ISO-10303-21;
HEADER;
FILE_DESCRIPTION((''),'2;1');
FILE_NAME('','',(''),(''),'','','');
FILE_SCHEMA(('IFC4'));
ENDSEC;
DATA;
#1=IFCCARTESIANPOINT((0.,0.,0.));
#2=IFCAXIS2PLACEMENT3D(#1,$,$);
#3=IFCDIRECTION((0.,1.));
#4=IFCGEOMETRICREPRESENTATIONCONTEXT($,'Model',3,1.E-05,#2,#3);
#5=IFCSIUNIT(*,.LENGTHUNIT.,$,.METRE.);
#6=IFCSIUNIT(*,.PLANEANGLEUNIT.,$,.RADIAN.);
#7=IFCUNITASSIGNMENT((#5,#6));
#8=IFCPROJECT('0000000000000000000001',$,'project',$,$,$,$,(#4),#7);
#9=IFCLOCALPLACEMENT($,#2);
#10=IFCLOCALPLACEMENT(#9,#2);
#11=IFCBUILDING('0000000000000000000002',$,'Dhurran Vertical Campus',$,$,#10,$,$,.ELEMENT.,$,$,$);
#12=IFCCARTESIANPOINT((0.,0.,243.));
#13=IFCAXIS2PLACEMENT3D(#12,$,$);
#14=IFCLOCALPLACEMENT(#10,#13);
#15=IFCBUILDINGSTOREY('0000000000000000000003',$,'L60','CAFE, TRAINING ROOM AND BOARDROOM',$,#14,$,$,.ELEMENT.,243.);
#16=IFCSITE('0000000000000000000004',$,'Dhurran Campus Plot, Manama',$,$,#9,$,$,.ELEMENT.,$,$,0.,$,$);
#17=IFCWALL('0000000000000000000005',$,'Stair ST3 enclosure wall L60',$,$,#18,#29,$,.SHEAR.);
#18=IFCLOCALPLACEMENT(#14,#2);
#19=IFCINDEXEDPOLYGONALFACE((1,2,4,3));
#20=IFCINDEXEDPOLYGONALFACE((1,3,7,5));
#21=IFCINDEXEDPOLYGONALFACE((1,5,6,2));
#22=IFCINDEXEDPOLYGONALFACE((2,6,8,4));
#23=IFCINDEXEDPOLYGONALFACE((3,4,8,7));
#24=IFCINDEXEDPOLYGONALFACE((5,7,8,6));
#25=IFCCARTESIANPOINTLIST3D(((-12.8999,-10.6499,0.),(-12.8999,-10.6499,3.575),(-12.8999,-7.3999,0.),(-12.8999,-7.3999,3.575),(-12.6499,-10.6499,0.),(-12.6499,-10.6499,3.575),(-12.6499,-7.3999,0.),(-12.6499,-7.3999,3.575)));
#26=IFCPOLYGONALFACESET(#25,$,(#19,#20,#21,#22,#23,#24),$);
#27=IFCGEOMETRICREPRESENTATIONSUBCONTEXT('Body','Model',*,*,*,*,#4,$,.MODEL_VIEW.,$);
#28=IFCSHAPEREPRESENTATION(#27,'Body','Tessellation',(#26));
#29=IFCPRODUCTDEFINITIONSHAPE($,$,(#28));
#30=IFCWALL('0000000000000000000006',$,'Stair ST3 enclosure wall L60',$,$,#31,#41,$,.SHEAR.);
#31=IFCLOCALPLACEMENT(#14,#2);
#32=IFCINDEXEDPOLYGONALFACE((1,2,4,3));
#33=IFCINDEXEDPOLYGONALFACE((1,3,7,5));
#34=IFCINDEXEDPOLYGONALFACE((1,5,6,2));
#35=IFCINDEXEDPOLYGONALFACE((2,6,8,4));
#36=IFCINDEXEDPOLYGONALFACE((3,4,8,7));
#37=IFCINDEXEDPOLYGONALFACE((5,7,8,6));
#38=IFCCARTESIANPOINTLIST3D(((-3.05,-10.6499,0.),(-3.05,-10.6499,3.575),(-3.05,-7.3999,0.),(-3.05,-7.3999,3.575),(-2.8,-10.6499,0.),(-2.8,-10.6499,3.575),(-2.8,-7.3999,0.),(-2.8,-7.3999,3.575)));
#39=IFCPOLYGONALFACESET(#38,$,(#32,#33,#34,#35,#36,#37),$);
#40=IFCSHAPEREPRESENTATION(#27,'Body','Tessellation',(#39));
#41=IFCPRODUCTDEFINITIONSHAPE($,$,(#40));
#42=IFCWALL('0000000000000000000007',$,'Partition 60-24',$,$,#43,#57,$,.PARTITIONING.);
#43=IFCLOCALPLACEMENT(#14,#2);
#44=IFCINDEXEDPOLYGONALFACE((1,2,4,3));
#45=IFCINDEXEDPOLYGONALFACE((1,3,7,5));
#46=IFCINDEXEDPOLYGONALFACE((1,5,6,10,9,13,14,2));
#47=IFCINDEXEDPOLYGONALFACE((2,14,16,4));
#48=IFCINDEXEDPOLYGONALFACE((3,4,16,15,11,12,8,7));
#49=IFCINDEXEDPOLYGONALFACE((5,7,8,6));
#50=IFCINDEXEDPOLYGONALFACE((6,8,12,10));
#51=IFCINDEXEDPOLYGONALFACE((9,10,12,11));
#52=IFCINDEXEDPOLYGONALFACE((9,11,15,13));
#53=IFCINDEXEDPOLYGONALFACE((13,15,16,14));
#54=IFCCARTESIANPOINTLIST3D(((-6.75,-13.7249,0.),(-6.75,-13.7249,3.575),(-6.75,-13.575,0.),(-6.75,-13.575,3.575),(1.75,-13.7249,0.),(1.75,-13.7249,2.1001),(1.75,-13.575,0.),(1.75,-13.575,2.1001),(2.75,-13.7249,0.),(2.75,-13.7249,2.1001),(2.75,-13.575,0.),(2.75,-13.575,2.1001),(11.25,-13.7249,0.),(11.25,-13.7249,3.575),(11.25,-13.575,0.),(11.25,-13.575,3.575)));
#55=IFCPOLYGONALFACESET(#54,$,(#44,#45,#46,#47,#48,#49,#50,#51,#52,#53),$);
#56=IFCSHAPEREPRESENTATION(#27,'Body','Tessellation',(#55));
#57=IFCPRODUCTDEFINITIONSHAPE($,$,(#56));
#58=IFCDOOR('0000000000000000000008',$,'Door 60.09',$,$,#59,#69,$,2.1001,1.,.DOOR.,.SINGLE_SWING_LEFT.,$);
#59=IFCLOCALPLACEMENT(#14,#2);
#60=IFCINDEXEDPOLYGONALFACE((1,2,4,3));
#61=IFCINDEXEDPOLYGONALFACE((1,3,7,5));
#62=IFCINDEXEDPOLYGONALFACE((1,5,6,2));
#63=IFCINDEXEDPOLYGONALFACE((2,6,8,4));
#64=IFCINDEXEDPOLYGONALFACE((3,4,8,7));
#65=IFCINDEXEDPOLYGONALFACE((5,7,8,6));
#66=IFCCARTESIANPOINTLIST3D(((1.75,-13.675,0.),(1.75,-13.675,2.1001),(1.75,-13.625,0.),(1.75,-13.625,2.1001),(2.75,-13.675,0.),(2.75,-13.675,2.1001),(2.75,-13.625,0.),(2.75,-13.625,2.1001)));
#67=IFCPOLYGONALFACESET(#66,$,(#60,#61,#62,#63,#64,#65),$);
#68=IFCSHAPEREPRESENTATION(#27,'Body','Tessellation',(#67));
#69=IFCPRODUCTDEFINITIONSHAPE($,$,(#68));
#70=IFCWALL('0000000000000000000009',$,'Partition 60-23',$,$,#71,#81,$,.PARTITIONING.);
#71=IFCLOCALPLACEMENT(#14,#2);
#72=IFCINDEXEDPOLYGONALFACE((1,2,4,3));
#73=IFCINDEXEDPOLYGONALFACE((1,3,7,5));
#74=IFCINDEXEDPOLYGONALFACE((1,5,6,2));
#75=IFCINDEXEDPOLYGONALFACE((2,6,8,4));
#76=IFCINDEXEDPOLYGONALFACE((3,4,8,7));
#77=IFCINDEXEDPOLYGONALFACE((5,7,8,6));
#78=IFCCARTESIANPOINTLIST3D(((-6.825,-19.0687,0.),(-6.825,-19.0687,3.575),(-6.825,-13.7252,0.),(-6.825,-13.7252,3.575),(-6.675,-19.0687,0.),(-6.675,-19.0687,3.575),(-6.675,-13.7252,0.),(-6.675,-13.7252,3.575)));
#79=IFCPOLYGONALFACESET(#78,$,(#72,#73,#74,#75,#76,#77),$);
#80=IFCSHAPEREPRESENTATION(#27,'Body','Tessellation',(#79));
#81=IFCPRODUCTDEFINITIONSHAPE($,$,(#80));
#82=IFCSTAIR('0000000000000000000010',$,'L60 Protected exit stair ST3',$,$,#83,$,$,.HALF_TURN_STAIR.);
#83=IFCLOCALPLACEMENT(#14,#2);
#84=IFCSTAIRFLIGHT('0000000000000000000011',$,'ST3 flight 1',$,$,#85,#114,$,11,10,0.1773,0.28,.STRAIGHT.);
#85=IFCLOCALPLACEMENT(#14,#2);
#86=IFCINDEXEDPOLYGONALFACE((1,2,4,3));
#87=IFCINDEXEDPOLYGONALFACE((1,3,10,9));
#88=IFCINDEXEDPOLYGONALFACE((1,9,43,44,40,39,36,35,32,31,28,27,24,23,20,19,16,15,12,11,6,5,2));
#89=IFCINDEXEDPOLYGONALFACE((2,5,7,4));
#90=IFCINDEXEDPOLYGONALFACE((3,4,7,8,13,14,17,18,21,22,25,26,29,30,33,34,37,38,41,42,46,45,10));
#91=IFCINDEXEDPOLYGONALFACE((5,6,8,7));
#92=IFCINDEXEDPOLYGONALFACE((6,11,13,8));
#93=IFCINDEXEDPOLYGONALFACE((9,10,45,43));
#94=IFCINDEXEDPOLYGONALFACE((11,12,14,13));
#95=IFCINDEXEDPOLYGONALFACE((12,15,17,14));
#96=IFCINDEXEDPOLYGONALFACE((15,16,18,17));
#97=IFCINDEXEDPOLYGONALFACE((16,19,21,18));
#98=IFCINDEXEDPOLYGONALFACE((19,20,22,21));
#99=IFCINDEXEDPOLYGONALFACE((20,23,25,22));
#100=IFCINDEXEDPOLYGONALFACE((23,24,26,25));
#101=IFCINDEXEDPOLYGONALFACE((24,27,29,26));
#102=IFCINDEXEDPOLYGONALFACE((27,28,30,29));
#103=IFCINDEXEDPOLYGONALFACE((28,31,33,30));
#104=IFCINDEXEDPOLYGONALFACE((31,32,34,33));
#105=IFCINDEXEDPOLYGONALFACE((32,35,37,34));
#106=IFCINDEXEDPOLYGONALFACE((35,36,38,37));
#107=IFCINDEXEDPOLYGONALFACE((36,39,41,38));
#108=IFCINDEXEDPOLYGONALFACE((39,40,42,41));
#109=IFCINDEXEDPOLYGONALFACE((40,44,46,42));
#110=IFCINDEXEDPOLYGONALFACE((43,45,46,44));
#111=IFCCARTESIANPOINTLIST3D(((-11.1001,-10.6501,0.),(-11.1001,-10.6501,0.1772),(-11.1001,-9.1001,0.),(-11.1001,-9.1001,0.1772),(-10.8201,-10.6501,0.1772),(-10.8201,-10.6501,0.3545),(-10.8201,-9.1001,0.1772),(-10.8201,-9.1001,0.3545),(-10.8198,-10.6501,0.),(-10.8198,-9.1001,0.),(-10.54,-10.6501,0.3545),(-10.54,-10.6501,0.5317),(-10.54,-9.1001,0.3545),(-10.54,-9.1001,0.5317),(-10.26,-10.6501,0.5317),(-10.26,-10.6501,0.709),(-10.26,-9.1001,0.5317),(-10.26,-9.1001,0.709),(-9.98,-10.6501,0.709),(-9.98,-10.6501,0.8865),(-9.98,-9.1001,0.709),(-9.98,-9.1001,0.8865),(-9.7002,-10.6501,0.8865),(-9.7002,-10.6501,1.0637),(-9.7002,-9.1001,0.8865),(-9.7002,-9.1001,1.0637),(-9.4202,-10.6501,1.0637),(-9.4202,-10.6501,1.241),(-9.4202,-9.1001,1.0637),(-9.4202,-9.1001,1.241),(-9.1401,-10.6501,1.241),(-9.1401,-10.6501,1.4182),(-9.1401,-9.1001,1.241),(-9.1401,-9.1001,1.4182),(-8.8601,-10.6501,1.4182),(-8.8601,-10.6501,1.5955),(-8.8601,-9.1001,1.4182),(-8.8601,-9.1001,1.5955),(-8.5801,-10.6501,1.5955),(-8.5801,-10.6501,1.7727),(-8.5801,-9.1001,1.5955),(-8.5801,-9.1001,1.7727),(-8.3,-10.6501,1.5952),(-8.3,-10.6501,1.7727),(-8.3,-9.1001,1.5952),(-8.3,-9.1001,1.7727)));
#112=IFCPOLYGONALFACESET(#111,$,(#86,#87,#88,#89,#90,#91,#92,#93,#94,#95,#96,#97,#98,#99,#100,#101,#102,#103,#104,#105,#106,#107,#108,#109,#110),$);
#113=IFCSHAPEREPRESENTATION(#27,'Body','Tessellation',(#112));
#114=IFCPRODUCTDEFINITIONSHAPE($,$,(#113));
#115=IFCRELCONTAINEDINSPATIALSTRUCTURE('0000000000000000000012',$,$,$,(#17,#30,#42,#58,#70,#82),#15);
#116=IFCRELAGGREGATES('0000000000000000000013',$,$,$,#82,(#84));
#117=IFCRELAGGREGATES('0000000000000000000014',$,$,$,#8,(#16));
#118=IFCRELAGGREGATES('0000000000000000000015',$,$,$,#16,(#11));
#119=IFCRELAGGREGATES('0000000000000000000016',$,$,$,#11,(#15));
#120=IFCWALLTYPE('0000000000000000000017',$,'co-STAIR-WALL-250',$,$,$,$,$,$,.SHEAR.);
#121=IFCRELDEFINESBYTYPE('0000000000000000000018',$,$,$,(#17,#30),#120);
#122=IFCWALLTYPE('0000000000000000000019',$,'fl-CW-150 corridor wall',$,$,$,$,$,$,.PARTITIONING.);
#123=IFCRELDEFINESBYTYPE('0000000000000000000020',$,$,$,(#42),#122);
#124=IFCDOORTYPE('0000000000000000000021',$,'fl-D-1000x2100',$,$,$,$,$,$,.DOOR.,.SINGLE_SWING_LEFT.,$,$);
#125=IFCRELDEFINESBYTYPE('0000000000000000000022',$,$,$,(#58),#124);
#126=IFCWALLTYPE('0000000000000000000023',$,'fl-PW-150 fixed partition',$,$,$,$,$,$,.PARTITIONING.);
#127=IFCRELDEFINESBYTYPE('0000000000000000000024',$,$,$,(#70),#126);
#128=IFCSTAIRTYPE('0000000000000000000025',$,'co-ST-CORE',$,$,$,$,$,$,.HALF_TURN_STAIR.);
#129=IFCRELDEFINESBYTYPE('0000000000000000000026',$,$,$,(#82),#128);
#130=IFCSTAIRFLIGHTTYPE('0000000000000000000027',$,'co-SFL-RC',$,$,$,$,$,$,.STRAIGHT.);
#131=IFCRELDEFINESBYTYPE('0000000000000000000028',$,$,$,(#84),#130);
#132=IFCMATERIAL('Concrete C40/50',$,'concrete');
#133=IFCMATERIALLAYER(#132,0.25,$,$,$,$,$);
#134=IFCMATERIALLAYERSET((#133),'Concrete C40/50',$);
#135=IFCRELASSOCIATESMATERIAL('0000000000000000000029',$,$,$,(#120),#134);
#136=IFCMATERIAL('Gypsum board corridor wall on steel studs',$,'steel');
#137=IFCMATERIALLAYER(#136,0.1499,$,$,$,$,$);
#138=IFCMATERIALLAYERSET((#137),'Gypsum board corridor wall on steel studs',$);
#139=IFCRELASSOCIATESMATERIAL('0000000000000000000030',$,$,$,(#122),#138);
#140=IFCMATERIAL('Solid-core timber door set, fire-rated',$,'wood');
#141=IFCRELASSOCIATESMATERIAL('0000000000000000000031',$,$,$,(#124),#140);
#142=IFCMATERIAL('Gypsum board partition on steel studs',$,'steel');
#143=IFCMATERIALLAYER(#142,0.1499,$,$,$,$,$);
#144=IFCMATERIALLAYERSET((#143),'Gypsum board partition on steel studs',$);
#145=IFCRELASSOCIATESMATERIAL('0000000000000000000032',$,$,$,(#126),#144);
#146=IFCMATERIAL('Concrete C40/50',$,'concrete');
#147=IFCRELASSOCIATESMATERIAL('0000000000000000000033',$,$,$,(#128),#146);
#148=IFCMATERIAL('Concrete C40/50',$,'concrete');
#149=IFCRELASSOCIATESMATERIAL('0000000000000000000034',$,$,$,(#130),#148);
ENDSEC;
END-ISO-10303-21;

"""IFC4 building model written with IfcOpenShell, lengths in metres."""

from ifc_helpers import new_model, si_unit, direction, frame, frame_2d, origin, place, context, subcontext, project, spatial, polyline, rectangle, outline, extrude, material, layer, layer_set, type_object, element, fill, aggregate, save


model = new_model("IFC4")

# Units and contexts
model_context = context("Model", 3, precision=1e-05, world=origin(), true_north=direction((0.0, 1.0)))
body_context = subcontext(model_context, "Body", "Model", "MODEL_VIEW")
ifc_project = project(units=[si_unit("LENGTHUNIT", "METRE"), si_unit("PLANEANGLEUNIT", "RADIAN")], contexts=[model_context])

# Site, building, storey
site_placement = place(None, origin())
site = spatial("IfcSite", under=ifc_project, at=site_placement, Name="Dhurran Campus Plot, Manama", CompositionType="ELEMENT", RefElevation=0.0)
building_placement = place(site_placement, origin())
building = spatial("IfcBuilding", under=site, at=building_placement, Name="Dhurran Vertical Campus", CompositionType="ELEMENT")
storey_placement = place(building_placement, frame((0.0, 0.0, 243.0)))
storey = spatial("IfcBuildingStorey", under=building, at=storey_placement, Name="L60", Description="CAFE, TRAINING ROOM AND BOARDROOM", CompositionType="ELEMENT", Elevation=243.0)

# Walls
ifc_material_1 = material(Name="Concrete C40/50", Category="concrete")
ifc_layer_1 = layer(ifc_material_1, 0.25)
ifc_layer_set_1 = layer_set([ifc_layer_1], Name="Concrete C40/50")
wall_type_1 = type_object("IfcWallType", Name="co-STAIR-WALL-250", PredefinedType="SHEAR", material=ifc_layer_set_1)
for number, where, z_axis, x_axis, name in (
    (1, (-12.7749, -10.6499, 0.0), (0.0, 0.0, 1.0), (0.0, 1.0, 0.0), "Stair ST3 enclosure wall L60"),
    (2, (-2.925, -10.6499, 0.0), (0.0, 0.0, 1.0), (0.0, 1.0, 0.0), "Stair ST3 enclosure wall L60"),
):
    element("IfcWall", number, at=place(storey_placement, frame(where, z_axis=z_axis, x_axis=x_axis)), inside=storey, type_object=wall_type_1, Name=name, PredefinedType="SHEAR", context=body_context, shape_type="SweptSolid", body=[
        extrude(rectangle(XDim=3.25, YDim=0.25, at=frame_2d((1.625, 0.0))), origin(), (0.0, 0.0, 1.0), 3.575),
    ])

# Wall, opening, door
ifc_material_2 = material(Name="Gypsum board corridor wall on steel studs", Category="steel")
ifc_layer_2 = layer(ifc_material_2, 0.1499)
ifc_layer_set_2 = layer_set([ifc_layer_2], Name="Gypsum board corridor wall on steel studs")
wall_type_2 = type_object("IfcWallType", Name="fl-CW-150 corridor wall", PredefinedType="PARTITIONING", material=ifc_layer_set_2)
wall_1_placement = place(storey_placement, frame((-6.75, -13.6499, 0.0), z_axis=(0.0, 0.0, 1.0), x_axis=(1.0, 0.0, 0.0)))
wall_1 = element("IfcWall", 3, at=wall_1_placement, inside=storey, type_object=wall_type_2, Name="Partition 60-24", PredefinedType="PARTITIONING", context=body_context, shape_type="SweptSolid", body=[
    extrude(rectangle(XDim=18.0, YDim=0.1499, at=frame_2d((9.0, 0.0))), origin(), (0.0, 0.0, 1.0), 3.575),
])
opening_1_placement = place(wall_1_placement, frame((8.5, 0.0, 0.0)))
opening_1 = element("IfcOpeningElement", 4, at=opening_1_placement, cuts=wall_1, PredefinedType="OPENING", context=body_context, shape_type="SweptSolid", body=[
    extrude(rectangle(XDim=1.0, YDim=2.1001, at=frame_2d((0.5, 1.05))), frame((0.0, 0.085, 0.0), z_axis=(0.0, -1.0, 0.0), x_axis=(1.0, 0.0, 0.0)), (0.0, 0.0, 1.0), 0.1699),
])
ifc_material_3 = material(Name="Solid-core timber door set, fire-rated", Category="wood")
door_type_1 = type_object("IfcDoorType", Name="fl-D-1000x2100", OperationType="SINGLE_SWING_LEFT", PredefinedType="DOOR", material=ifc_material_3)
door_1_placement = place(opening_1_placement, origin())
door_1 = element("IfcDoor", 5, at=door_1_placement, inside=storey, type_object=door_type_1, Name="Door 60.09", OperationType="SINGLE_SWING_LEFT", OverallHeight=2.1001, OverallWidth=1.0, PredefinedType="DOOR", context=body_context, shape_type="SweptSolid", body=[
    extrude(rectangle(XDim=1.0, YDim=2.1001, at=frame_2d((0.5, 1.05))), frame((0.0, 0.0249, 0.0), z_axis=(0.0, -1.0, 0.0), x_axis=(1.0, 0.0, 0.0)), (0.0, 0.0, 1.0), 0.05),
])
fill(opening_1, door_1)

# Wall
ifc_material_4 = material(Name="Gypsum board partition on steel studs", Category="steel")
ifc_layer_3 = layer(ifc_material_4, 0.1499)
ifc_layer_set_3 = layer_set([ifc_layer_3], Name="Gypsum board partition on steel studs")
wall_type_3 = type_object("IfcWallType", Name="fl-PW-150 fixed partition", PredefinedType="PARTITIONING", material=ifc_layer_set_3)
wall_2_placement = place(storey_placement, frame((-6.75, -13.7251, 0.0), z_axis=(0.0, 0.0, 1.0), x_axis=(0.0, -1.0, 0.0)))
element("IfcWall", 6, at=wall_2_placement, inside=storey, type_object=wall_type_3, Name="Partition 60-23", PredefinedType="PARTITIONING", context=body_context, shape_type="SweptSolid", body=[
    extrude(rectangle(XDim=5.3435, YDim=0.1499, at=frame_2d((2.6719, 0.0))), origin(), (0.0, 0.0, 1.0), 3.575),
])

# Stair, stair flight
ifc_material_5 = material(Name="Concrete C40/50", Category="concrete")
stair_type = type_object("IfcStairType", Name="co-ST-CORE", PredefinedType="HALF_TURN_STAIR", material=ifc_material_5)
stair_placement = place(storey_placement, origin())
stair = element("IfcStair", 7, at=stair_placement, inside=storey, type_object=stair_type, Name="L60 Protected exit stair ST3", PredefinedType="HALF_TURN_STAIR")
ifc_material_6 = material(Name="Concrete C40/50", Category="concrete")
stair_flight_type = type_object("IfcStairFlightType", Name="co-SFL-RC", PredefinedType="STRAIGHT", material=ifc_material_6)
stair_flight_placement = place(storey_placement, frame((-11.1001, -9.875, 0.0), z_axis=(0.0, 0.0, 1.0), x_axis=(1.0, 0.0, 0.0)))
stair_flight = element("IfcStairFlight", 8, at=stair_flight_placement, type_object=stair_flight_type, Name="ST3 flight 1", NumberOfRisers=11, NumberOfTreads=10, PredefinedType="STRAIGHT", RiserHeight=0.1773, TreadLength=0.28, context=body_context, shape_type="SweptSolid", body=[
    extrude(outline(polyline([(0.0, 0.0), (0.0, 0.1772), (0.28, 0.1772), (0.28, 0.3545), (0.5601, 0.3545), (0.5601, 0.5317), (0.8401, 0.5317), (0.8401, 0.709), (1.1201, 0.709), (1.1201, 0.8865), (1.3999, 0.8865), (1.3999, 1.0637), (1.6799, 1.0637), (1.6799, 1.241), (1.96, 1.241), (1.96, 1.4182), (2.24, 1.4182), (2.24, 1.5955), (2.52, 1.5955), (2.52, 1.7727), (2.8, 1.7727), (2.8, 1.95), (2.8, 1.5952), (0.2803, 0.0), (0.0, 0.0)])), frame((0.0, 0.7749, 0.0), z_axis=(0.0, -1.0, 0.0), x_axis=(1.0, 0.0, 0.0)), (0.0, 0.0, 1.0), 1.55),
])
aggregate(stair, [stair_flight])

save(model, "model.ifc")
